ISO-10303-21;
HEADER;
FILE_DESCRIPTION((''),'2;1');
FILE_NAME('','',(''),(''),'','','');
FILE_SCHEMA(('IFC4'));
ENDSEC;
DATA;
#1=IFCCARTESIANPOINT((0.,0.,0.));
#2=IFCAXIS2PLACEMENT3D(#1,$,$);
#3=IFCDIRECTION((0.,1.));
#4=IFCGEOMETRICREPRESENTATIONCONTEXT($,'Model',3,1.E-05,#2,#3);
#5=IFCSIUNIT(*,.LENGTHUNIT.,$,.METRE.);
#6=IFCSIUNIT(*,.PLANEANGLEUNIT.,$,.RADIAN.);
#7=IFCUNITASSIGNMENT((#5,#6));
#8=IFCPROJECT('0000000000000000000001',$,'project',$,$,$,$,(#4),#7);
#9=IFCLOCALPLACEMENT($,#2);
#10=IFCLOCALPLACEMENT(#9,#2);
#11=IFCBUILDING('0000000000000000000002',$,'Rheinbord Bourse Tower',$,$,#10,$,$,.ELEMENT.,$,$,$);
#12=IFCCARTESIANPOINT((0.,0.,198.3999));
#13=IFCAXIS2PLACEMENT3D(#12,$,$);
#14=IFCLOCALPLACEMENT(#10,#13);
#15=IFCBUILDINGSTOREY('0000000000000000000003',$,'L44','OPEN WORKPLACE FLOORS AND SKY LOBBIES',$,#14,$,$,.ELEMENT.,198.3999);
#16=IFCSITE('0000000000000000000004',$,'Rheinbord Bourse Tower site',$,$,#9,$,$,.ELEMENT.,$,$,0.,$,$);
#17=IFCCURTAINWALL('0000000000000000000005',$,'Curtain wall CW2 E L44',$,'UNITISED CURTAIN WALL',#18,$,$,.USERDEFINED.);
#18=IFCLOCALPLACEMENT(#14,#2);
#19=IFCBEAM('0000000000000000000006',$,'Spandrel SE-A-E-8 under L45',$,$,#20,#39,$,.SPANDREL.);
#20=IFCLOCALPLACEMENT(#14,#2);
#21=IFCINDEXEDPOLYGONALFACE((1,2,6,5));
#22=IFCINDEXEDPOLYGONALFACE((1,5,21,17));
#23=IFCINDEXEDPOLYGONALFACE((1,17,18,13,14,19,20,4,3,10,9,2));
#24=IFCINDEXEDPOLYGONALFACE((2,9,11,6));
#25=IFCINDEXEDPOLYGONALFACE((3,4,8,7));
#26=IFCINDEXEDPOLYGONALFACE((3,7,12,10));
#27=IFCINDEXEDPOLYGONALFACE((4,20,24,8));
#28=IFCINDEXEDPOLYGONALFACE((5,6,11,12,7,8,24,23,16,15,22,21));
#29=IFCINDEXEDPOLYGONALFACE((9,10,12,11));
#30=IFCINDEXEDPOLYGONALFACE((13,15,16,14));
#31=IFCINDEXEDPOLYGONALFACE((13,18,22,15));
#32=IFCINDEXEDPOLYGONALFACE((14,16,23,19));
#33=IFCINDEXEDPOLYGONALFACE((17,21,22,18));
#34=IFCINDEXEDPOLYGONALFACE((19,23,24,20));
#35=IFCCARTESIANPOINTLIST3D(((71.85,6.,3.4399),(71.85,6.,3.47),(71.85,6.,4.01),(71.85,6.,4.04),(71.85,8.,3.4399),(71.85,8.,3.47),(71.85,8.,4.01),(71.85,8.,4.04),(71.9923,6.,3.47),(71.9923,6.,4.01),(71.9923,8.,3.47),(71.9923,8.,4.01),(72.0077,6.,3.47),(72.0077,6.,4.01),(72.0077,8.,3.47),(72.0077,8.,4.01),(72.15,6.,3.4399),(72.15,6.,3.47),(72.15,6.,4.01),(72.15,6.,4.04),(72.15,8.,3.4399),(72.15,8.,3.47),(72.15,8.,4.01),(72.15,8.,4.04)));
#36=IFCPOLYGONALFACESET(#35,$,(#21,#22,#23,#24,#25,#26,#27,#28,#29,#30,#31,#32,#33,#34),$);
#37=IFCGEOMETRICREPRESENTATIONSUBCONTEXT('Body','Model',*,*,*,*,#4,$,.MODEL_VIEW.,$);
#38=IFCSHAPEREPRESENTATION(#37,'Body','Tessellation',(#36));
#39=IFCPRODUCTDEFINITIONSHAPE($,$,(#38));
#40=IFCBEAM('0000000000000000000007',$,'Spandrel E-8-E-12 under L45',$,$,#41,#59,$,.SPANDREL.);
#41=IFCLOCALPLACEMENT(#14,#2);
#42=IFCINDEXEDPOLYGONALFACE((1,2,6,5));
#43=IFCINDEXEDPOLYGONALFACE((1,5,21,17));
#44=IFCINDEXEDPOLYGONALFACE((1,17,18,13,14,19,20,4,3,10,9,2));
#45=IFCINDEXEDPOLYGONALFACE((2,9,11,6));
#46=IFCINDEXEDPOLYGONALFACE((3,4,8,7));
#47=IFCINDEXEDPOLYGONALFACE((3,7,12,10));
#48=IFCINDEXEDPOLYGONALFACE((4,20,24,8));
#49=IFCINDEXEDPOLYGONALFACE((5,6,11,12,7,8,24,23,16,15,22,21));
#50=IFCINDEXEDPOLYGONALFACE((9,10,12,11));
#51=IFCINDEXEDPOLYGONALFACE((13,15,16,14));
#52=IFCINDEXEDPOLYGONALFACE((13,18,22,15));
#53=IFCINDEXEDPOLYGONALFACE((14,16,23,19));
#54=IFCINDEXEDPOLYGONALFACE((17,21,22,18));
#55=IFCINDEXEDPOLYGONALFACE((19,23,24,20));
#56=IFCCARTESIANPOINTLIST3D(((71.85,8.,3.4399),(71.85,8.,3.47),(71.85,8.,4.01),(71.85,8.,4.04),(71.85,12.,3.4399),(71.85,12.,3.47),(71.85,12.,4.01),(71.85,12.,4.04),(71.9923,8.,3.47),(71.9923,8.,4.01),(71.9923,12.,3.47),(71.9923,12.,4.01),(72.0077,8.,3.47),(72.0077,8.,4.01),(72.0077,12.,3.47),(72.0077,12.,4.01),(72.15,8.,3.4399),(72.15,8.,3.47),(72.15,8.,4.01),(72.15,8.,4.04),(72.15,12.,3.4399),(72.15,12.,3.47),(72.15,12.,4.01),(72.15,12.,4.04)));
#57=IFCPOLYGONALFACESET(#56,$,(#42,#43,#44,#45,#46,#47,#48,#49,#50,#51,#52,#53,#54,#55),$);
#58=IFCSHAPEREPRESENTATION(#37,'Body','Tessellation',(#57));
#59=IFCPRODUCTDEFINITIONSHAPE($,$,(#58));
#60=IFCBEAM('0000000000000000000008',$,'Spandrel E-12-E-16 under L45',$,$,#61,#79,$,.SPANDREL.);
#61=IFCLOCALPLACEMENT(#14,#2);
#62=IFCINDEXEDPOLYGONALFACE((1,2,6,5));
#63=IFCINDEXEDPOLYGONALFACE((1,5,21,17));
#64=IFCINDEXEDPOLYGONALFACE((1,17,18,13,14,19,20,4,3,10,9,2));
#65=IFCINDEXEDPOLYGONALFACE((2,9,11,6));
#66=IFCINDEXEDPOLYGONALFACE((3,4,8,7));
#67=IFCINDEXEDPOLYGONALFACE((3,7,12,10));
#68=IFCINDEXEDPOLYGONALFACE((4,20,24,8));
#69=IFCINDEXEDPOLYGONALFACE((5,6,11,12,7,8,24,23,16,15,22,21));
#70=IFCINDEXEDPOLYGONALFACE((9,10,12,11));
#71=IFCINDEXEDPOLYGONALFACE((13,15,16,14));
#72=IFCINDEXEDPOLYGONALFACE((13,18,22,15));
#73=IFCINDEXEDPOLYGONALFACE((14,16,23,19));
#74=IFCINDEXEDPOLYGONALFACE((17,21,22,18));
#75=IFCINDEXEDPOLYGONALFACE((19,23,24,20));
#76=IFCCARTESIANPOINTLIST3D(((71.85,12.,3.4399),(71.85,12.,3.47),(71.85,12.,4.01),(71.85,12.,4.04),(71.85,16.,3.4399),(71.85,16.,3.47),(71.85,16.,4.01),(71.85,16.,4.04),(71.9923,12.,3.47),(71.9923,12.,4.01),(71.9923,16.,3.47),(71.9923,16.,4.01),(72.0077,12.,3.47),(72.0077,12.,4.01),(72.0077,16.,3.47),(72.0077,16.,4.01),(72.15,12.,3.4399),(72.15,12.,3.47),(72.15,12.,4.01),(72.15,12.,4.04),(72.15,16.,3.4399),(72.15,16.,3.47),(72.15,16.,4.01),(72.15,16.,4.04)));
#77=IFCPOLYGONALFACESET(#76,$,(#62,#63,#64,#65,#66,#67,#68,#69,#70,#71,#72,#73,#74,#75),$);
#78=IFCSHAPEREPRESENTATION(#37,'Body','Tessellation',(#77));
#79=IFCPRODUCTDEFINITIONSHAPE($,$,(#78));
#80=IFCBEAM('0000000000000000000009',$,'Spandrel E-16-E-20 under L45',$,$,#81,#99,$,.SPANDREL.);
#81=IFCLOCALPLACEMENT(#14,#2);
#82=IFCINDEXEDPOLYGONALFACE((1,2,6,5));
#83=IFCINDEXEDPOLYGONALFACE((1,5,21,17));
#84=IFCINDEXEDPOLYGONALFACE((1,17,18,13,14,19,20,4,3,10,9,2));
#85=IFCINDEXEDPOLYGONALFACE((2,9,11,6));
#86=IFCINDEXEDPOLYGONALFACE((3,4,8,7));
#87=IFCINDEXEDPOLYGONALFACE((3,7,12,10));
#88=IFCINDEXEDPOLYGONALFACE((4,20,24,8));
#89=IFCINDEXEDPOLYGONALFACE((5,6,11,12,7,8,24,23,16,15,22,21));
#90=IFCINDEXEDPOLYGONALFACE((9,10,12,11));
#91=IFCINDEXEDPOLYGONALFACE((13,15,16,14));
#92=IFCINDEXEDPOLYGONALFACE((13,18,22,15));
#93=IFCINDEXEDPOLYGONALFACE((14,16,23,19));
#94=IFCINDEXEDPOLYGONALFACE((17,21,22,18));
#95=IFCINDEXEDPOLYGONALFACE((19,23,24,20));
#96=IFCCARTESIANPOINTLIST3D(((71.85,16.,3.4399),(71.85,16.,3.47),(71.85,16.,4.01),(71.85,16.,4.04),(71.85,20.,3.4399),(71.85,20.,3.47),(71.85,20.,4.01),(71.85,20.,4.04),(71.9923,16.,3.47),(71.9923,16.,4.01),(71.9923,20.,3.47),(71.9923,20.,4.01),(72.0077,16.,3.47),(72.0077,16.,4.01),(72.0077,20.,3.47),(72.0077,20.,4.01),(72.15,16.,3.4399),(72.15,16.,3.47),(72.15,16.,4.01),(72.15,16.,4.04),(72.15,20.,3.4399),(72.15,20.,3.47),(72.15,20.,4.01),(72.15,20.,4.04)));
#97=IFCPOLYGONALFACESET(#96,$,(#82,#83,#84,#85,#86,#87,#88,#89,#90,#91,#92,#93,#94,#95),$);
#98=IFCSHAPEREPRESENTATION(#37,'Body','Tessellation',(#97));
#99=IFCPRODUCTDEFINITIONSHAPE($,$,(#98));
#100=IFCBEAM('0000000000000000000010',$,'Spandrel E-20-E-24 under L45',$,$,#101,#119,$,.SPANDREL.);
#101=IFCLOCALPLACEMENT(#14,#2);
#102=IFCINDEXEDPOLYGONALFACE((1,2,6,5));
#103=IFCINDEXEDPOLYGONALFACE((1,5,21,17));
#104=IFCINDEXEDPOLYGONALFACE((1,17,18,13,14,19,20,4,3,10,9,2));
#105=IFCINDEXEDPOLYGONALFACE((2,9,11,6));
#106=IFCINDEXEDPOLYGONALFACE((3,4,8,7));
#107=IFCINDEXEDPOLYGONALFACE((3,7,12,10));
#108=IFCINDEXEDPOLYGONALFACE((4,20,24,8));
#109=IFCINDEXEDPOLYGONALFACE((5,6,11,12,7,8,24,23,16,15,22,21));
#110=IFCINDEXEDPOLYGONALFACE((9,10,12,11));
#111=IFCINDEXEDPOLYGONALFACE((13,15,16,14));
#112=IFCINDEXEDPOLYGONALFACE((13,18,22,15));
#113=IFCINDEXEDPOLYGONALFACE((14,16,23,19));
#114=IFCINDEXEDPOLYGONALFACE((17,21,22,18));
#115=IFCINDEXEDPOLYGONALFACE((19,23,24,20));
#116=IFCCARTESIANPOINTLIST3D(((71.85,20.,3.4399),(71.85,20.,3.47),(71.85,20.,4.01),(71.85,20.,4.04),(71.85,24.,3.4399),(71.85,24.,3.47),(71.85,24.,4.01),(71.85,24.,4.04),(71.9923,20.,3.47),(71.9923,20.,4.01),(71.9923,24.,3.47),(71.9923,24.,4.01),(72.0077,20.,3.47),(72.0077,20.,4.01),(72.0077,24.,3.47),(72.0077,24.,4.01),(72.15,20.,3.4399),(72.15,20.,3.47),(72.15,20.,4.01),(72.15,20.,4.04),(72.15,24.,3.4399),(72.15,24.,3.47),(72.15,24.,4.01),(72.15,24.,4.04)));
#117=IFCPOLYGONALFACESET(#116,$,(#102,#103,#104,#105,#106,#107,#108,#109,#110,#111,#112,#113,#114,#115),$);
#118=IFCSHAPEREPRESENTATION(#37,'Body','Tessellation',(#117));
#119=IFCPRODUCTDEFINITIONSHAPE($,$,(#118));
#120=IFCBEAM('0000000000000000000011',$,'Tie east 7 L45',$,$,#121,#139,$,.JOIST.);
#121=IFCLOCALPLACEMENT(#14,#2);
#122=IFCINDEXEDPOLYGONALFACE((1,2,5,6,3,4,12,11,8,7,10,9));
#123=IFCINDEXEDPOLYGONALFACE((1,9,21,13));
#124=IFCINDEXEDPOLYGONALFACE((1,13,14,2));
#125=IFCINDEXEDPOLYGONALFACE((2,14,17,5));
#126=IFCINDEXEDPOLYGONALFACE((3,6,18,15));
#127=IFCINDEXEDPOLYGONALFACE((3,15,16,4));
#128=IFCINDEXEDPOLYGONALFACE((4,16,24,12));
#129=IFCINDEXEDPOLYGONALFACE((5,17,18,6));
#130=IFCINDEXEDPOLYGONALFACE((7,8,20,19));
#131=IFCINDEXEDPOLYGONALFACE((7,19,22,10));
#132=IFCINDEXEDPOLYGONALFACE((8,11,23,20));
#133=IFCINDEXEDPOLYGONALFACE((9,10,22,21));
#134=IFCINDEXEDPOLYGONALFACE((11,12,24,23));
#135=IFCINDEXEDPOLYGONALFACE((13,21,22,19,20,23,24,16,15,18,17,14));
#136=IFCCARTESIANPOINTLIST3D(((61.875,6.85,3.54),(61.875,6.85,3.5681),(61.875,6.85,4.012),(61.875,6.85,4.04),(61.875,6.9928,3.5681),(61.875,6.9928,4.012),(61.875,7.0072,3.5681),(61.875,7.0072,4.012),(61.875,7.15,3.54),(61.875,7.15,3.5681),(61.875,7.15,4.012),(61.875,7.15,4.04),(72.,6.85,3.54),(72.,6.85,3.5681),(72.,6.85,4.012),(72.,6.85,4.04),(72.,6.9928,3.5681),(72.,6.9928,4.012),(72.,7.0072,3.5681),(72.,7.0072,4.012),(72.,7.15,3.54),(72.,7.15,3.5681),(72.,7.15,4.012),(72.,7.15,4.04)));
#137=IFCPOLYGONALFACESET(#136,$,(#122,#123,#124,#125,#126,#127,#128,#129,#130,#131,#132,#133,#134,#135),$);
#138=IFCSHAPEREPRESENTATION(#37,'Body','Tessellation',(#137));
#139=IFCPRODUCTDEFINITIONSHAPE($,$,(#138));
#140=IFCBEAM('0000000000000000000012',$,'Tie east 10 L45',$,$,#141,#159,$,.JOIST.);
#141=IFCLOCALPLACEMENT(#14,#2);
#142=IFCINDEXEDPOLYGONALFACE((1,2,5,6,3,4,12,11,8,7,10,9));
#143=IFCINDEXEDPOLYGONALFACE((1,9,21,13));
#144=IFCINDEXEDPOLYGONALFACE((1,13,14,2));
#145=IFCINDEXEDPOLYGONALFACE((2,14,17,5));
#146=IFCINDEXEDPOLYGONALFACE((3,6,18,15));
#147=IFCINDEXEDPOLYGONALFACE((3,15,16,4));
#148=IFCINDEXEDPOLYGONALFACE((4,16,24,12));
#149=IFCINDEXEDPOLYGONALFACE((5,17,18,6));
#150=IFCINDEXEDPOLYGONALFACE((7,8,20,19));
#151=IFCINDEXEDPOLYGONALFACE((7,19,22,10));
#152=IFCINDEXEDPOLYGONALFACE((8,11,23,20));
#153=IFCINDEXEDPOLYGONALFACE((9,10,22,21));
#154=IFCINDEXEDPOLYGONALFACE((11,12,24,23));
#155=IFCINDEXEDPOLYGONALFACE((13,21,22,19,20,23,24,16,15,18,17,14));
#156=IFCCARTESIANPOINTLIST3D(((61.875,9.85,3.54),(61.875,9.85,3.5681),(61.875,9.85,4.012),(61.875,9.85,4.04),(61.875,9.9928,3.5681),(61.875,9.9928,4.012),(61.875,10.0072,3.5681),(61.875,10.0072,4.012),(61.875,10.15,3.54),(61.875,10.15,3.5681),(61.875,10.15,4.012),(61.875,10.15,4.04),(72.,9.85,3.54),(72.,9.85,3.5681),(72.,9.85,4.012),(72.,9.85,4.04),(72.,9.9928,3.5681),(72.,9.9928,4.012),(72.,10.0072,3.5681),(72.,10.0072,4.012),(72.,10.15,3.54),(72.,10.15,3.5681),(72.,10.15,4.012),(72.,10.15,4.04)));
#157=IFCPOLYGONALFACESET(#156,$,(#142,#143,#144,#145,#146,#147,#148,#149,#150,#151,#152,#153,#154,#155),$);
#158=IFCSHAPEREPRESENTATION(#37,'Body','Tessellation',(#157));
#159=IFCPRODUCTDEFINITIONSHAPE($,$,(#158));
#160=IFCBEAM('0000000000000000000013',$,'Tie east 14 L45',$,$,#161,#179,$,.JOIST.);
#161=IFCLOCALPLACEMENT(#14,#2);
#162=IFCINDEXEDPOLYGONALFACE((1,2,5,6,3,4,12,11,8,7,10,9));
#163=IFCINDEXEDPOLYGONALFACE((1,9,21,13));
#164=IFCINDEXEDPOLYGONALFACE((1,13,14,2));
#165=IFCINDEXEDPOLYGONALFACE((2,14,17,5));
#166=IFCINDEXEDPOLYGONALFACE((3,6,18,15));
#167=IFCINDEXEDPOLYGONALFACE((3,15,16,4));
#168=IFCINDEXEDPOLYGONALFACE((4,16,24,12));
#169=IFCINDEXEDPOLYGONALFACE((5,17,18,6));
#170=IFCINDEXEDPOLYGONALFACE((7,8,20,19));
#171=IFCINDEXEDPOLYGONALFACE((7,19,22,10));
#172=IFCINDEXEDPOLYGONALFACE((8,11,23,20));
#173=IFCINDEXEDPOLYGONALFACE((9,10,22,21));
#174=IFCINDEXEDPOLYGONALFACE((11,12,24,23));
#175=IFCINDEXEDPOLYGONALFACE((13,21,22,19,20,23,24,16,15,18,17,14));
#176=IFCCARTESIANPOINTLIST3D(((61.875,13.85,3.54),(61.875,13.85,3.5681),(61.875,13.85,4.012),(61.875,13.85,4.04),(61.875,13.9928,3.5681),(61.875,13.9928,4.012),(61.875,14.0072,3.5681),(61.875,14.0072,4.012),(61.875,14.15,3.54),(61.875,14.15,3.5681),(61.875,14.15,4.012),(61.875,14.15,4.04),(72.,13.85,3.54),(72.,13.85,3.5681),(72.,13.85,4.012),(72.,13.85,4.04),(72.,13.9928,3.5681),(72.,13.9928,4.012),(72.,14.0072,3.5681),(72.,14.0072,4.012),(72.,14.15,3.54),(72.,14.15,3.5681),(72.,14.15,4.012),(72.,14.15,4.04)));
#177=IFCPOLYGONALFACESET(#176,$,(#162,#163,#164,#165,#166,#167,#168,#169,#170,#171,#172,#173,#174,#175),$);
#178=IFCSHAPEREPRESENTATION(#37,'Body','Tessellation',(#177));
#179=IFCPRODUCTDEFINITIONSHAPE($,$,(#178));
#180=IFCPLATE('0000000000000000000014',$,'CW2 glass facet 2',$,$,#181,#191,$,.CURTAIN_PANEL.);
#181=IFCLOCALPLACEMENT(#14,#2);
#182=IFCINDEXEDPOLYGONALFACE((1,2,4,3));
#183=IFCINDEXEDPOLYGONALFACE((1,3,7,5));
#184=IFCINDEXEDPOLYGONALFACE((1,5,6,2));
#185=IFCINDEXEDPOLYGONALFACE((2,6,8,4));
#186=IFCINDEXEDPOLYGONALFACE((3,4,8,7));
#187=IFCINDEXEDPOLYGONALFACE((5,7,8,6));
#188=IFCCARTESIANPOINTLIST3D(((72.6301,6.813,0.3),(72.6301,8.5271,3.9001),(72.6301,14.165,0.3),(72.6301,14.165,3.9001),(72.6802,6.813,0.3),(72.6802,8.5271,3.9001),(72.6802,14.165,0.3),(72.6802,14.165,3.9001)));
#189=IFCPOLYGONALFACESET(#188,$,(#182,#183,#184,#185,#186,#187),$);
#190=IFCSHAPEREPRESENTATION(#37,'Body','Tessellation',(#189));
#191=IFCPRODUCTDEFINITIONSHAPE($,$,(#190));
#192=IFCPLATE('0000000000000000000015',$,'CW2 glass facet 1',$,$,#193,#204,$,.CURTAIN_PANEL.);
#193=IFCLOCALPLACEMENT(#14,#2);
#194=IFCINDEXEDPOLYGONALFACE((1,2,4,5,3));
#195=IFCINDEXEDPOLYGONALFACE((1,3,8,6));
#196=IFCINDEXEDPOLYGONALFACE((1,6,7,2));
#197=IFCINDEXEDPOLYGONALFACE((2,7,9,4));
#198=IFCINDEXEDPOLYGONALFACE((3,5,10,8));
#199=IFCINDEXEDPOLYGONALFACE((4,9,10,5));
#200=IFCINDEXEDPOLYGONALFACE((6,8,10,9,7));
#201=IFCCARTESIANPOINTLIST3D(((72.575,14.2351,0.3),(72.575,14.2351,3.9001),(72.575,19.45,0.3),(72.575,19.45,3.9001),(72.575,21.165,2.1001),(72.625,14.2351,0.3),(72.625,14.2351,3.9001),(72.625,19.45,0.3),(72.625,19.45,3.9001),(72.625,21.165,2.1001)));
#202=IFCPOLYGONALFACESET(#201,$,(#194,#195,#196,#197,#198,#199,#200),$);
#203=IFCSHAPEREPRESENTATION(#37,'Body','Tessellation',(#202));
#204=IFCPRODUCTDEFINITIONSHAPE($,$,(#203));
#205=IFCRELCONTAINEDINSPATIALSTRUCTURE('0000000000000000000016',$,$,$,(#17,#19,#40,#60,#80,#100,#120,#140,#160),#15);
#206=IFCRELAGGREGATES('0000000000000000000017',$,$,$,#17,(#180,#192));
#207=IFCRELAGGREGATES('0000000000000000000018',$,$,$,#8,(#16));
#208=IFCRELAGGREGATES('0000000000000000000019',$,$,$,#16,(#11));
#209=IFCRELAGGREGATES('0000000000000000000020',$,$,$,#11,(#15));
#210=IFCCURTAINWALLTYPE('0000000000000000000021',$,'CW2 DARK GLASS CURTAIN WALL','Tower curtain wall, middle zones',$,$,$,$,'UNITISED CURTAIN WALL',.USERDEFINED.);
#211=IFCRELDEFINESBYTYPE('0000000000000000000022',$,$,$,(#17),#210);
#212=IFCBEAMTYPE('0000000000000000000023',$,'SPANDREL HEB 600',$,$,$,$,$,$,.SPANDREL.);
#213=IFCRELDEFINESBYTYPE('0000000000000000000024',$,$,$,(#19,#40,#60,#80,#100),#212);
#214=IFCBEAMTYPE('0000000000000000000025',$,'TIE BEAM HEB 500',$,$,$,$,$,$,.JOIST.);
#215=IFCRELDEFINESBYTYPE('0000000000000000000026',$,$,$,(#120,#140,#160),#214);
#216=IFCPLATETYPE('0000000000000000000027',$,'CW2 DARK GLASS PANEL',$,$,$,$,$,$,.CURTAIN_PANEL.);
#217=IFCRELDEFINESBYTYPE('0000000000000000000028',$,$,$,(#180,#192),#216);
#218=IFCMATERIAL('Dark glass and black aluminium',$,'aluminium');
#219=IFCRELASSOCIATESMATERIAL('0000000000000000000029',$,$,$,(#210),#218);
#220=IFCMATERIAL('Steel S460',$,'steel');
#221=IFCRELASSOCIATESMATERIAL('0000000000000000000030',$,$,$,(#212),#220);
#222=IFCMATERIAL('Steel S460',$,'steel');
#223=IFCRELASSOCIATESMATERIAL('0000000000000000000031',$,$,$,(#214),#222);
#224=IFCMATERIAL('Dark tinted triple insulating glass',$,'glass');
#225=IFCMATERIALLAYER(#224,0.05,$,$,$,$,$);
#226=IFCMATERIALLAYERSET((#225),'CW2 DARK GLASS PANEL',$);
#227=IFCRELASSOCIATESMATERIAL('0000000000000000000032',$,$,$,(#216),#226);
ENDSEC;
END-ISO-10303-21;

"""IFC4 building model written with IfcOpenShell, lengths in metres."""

from ifc_helpers import new_model, si_unit, direction, frame, origin, origin_2d, place, context, subcontext, project, spatial, polyline, i_section, outline, extrude, material, layer, layer_set, material_profile, profile_set, type_object, element, aggregate, save


model = new_model("IFC4")

# Units and contexts
model_context = context("Model", 3, precision=1e-05, world=origin(), true_north=direction((0.0, 1.0)))
body_context = subcontext(model_context, "Body", "Model", "MODEL_VIEW")
ifc_project = project(units=[si_unit("LENGTHUNIT", "METRE"), si_unit("PLANEANGLEUNIT", "RADIAN")], contexts=[model_context])

# Site, building, storey
site_placement = place(None, origin())
site = spatial("IfcSite", under=ifc_project, at=site_placement, Name="Rheinbord Bourse Tower site", CompositionType="ELEMENT", RefElevation=0.0)
building_placement = place(site_placement, origin())
building = spatial("IfcBuilding", under=site, at=building_placement, Name="Rheinbord Bourse Tower", CompositionType="ELEMENT")
storey_placement = place(building_placement, frame((0.0, 0.0, 198.3999)))
storey = spatial("IfcBuildingStorey", under=building, at=storey_placement, Name="L44", Description="OPEN WORKPLACE FLOORS AND SKY LOBBIES", CompositionType="ELEMENT", Elevation=198.3999)

# Curtain wall
ifc_material_1 = material(Name="Dark glass and black aluminium", Category="aluminium")
curtain_wall_type = type_object("IfcCurtainWallType", Name="CW2 DARK GLASS CURTAIN WALL", Description="Tower curtain wall, middle zones", ElementType="UNITISED CURTAIN WALL", PredefinedType="USERDEFINED", material=ifc_material_1)
curtain_wall_placement = place(storey_placement, origin())
curtain_wall = element("IfcCurtainWall", 1, at=curtain_wall_placement, inside=storey, type_object=curtain_wall_type, Name="Curtain wall CW2 E L44", ObjectType="UNITISED CURTAIN WALL", PredefinedType="USERDEFINED")

# Beams
ifc_material_2 = material(Name="Steel S460", Category="steel")
ifc_material_profile_1 = material_profile(ifc_material_2, i_section(OverallWidth=0.3, OverallDepth=0.6001, WebThickness=0.0154, FlangeThickness=0.03, at=origin_2d()), Name="HEB 600")
ifc_profile_set_1 = profile_set([ifc_material_profile_1], Name="Steel S460")
beam_type_1 = type_object("IfcBeamType", Name="SPANDREL HEB 600", PredefinedType="SPANDREL", material=ifc_profile_set_1)
beam_1_placement = place(storey_placement, frame((72.0, 6.0, 3.74), z_axis=(0.0, 1.0, 0.0), x_axis=(-1.0, 0.0, 0.0)))
element("IfcBeam", 2, at=beam_1_placement, inside=storey, type_object=beam_type_1, Name="Spandrel SE-A-E-8 under L45", PredefinedType="SPANDREL", context=body_context, shape_type="SweptSolid", body=[
    extrude(i_section(OverallWidth=0.3, OverallDepth=0.6001, WebThickness=0.0154, FlangeThickness=0.03, at=origin_2d()), origin(), (0.0, 0.0, 1.0), 2.0),
])
for number, where, z_axis, x_axis, name in (
    (3, (72.0, 8.0, 3.74), (0.0, 1.0, 0.0), (-1.0, 0.0, 0.0), "Spandrel E-8-E-12 under L45"),
    (4, (72.0, 12.0, 3.74), (0.0, 1.0, 0.0), (-1.0, 0.0, 0.0), "Spandrel E-12-E-16 under L45"),
    (5, (72.0, 16.0, 3.74), (0.0, 1.0, 0.0), (-1.0, 0.0, 0.0), "Spandrel E-16-E-20 under L45"),
    (6, (72.0, 20.0, 3.74), (0.0, 1.0, 0.0), (-1.0, 0.0, 0.0), "Spandrel E-20-E-24 under L45"),
):
    element("IfcBeam", number, at=place(storey_placement, frame(where, z_axis=z_axis, x_axis=x_axis)), inside=storey, type_object=beam_type_1, Name=name, PredefinedType="SPANDREL", context=body_context, shape_type="SweptSolid", body=[
        extrude(i_section(OverallWidth=0.3, OverallDepth=0.6001, WebThickness=0.0154, FlangeThickness=0.03, at=origin_2d()), origin(), (0.0, 0.0, 1.0), 4.0),
    ])
ifc_material_3 = material(Name="Steel S460", Category="steel")
ifc_material_profile_2 = material_profile(ifc_material_3, i_section(OverallWidth=0.3, OverallDepth=0.5, WebThickness=0.0144, FlangeThickness=0.0281, at=origin_2d()), Name="HEB 500")
ifc_profile_set_2 = profile_set([ifc_material_profile_2], Name="Steel S460")
beam_type_2 = type_object("IfcBeamType", Name="TIE BEAM HEB 500", PredefinedType="JOIST", material=ifc_profile_set_2)
for number, where, z_axis, x_axis, name in (
    (7, (61.875, 7.0, 3.79), (1.0, 0.0, 0.0), (0.0, 1.0, 0.0), "Tie east 7 L45"),
    (8, (61.875, 10.0, 3.79), (1.0, 0.0, 0.0), (0.0, 1.0, 0.0), "Tie east 10 L45"),
    (9, (61.875, 14.0, 3.79), (1.0, 0.0, 0.0), (0.0, 1.0, 0.0), "Tie east 14 L45"),
):
    element("IfcBeam", number, at=place(storey_placement, frame(where, z_axis=z_axis, x_axis=x_axis)), inside=storey, type_object=beam_type_2, Name=name, PredefinedType="JOIST", context=body_context, shape_type="SweptSolid", body=[
        extrude(i_section(OverallWidth=0.3, OverallDepth=0.5, WebThickness=0.0144, FlangeThickness=0.0281, at=origin_2d()), origin(), (0.0, 0.0, 1.0), 10.125),
    ])

# Plates
ifc_material_4 = material(Name="Dark tinted triple insulating glass", Category="glass")
ifc_layer_1 = layer(ifc_material_4, 0.05)
ifc_layer_set_1 = layer_set([ifc_layer_1], Name="CW2 DARK GLASS PANEL")
plate_type = type_object("IfcPlateType", Name="CW2 DARK GLASS PANEL", PredefinedType="CURTAIN_PANEL", material=ifc_layer_set_1)
plate_1_placement = place(storey_placement, frame((72.6802, 14.165, 3.9001), z_axis=(-1.0, 0.0, 0.0), x_axis=(0.0, 0.0, -1.0)))
plate_1 = element("IfcPlate", 10, at=plate_1_placement, type_object=plate_type, Name="CW2 glass facet 2", PredefinedType="CURTAIN_PANEL", context=body_context, shape_type="SweptSolid", body=[
    extrude(outline(polyline([(0.0, 0.0), (3.6001, 0.0), (3.6001, 7.3521), (0.0, 5.6379), (0.0, 0.0)])), origin(), (0.0, 0.0, 1.0), 0.05),
])
plate_2_placement = place(storey_placement, frame((72.625, 14.2351, 0.3), z_axis=(-1.0, 0.0, 0.0), x_axis=(0.0, 0.0, 1.0)))
plate_2 = element("IfcPlate", 11, at=plate_2_placement, type_object=plate_type, Name="CW2 glass facet 1", PredefinedType="CURTAIN_PANEL", context=body_context, shape_type="SweptSolid", body=[
    extrude(outline(polyline([(0.0, 0.0), (3.6001, 0.0), (3.6001, 5.2148), (1.8, 6.9299), (0.0, 5.2148), (0.0, 0.0)])), origin(), (0.0, 0.0, 1.0), 0.05),
])
aggregate(curtain_wall, [plate_1, plate_2])

save(model, "model.ifc")
